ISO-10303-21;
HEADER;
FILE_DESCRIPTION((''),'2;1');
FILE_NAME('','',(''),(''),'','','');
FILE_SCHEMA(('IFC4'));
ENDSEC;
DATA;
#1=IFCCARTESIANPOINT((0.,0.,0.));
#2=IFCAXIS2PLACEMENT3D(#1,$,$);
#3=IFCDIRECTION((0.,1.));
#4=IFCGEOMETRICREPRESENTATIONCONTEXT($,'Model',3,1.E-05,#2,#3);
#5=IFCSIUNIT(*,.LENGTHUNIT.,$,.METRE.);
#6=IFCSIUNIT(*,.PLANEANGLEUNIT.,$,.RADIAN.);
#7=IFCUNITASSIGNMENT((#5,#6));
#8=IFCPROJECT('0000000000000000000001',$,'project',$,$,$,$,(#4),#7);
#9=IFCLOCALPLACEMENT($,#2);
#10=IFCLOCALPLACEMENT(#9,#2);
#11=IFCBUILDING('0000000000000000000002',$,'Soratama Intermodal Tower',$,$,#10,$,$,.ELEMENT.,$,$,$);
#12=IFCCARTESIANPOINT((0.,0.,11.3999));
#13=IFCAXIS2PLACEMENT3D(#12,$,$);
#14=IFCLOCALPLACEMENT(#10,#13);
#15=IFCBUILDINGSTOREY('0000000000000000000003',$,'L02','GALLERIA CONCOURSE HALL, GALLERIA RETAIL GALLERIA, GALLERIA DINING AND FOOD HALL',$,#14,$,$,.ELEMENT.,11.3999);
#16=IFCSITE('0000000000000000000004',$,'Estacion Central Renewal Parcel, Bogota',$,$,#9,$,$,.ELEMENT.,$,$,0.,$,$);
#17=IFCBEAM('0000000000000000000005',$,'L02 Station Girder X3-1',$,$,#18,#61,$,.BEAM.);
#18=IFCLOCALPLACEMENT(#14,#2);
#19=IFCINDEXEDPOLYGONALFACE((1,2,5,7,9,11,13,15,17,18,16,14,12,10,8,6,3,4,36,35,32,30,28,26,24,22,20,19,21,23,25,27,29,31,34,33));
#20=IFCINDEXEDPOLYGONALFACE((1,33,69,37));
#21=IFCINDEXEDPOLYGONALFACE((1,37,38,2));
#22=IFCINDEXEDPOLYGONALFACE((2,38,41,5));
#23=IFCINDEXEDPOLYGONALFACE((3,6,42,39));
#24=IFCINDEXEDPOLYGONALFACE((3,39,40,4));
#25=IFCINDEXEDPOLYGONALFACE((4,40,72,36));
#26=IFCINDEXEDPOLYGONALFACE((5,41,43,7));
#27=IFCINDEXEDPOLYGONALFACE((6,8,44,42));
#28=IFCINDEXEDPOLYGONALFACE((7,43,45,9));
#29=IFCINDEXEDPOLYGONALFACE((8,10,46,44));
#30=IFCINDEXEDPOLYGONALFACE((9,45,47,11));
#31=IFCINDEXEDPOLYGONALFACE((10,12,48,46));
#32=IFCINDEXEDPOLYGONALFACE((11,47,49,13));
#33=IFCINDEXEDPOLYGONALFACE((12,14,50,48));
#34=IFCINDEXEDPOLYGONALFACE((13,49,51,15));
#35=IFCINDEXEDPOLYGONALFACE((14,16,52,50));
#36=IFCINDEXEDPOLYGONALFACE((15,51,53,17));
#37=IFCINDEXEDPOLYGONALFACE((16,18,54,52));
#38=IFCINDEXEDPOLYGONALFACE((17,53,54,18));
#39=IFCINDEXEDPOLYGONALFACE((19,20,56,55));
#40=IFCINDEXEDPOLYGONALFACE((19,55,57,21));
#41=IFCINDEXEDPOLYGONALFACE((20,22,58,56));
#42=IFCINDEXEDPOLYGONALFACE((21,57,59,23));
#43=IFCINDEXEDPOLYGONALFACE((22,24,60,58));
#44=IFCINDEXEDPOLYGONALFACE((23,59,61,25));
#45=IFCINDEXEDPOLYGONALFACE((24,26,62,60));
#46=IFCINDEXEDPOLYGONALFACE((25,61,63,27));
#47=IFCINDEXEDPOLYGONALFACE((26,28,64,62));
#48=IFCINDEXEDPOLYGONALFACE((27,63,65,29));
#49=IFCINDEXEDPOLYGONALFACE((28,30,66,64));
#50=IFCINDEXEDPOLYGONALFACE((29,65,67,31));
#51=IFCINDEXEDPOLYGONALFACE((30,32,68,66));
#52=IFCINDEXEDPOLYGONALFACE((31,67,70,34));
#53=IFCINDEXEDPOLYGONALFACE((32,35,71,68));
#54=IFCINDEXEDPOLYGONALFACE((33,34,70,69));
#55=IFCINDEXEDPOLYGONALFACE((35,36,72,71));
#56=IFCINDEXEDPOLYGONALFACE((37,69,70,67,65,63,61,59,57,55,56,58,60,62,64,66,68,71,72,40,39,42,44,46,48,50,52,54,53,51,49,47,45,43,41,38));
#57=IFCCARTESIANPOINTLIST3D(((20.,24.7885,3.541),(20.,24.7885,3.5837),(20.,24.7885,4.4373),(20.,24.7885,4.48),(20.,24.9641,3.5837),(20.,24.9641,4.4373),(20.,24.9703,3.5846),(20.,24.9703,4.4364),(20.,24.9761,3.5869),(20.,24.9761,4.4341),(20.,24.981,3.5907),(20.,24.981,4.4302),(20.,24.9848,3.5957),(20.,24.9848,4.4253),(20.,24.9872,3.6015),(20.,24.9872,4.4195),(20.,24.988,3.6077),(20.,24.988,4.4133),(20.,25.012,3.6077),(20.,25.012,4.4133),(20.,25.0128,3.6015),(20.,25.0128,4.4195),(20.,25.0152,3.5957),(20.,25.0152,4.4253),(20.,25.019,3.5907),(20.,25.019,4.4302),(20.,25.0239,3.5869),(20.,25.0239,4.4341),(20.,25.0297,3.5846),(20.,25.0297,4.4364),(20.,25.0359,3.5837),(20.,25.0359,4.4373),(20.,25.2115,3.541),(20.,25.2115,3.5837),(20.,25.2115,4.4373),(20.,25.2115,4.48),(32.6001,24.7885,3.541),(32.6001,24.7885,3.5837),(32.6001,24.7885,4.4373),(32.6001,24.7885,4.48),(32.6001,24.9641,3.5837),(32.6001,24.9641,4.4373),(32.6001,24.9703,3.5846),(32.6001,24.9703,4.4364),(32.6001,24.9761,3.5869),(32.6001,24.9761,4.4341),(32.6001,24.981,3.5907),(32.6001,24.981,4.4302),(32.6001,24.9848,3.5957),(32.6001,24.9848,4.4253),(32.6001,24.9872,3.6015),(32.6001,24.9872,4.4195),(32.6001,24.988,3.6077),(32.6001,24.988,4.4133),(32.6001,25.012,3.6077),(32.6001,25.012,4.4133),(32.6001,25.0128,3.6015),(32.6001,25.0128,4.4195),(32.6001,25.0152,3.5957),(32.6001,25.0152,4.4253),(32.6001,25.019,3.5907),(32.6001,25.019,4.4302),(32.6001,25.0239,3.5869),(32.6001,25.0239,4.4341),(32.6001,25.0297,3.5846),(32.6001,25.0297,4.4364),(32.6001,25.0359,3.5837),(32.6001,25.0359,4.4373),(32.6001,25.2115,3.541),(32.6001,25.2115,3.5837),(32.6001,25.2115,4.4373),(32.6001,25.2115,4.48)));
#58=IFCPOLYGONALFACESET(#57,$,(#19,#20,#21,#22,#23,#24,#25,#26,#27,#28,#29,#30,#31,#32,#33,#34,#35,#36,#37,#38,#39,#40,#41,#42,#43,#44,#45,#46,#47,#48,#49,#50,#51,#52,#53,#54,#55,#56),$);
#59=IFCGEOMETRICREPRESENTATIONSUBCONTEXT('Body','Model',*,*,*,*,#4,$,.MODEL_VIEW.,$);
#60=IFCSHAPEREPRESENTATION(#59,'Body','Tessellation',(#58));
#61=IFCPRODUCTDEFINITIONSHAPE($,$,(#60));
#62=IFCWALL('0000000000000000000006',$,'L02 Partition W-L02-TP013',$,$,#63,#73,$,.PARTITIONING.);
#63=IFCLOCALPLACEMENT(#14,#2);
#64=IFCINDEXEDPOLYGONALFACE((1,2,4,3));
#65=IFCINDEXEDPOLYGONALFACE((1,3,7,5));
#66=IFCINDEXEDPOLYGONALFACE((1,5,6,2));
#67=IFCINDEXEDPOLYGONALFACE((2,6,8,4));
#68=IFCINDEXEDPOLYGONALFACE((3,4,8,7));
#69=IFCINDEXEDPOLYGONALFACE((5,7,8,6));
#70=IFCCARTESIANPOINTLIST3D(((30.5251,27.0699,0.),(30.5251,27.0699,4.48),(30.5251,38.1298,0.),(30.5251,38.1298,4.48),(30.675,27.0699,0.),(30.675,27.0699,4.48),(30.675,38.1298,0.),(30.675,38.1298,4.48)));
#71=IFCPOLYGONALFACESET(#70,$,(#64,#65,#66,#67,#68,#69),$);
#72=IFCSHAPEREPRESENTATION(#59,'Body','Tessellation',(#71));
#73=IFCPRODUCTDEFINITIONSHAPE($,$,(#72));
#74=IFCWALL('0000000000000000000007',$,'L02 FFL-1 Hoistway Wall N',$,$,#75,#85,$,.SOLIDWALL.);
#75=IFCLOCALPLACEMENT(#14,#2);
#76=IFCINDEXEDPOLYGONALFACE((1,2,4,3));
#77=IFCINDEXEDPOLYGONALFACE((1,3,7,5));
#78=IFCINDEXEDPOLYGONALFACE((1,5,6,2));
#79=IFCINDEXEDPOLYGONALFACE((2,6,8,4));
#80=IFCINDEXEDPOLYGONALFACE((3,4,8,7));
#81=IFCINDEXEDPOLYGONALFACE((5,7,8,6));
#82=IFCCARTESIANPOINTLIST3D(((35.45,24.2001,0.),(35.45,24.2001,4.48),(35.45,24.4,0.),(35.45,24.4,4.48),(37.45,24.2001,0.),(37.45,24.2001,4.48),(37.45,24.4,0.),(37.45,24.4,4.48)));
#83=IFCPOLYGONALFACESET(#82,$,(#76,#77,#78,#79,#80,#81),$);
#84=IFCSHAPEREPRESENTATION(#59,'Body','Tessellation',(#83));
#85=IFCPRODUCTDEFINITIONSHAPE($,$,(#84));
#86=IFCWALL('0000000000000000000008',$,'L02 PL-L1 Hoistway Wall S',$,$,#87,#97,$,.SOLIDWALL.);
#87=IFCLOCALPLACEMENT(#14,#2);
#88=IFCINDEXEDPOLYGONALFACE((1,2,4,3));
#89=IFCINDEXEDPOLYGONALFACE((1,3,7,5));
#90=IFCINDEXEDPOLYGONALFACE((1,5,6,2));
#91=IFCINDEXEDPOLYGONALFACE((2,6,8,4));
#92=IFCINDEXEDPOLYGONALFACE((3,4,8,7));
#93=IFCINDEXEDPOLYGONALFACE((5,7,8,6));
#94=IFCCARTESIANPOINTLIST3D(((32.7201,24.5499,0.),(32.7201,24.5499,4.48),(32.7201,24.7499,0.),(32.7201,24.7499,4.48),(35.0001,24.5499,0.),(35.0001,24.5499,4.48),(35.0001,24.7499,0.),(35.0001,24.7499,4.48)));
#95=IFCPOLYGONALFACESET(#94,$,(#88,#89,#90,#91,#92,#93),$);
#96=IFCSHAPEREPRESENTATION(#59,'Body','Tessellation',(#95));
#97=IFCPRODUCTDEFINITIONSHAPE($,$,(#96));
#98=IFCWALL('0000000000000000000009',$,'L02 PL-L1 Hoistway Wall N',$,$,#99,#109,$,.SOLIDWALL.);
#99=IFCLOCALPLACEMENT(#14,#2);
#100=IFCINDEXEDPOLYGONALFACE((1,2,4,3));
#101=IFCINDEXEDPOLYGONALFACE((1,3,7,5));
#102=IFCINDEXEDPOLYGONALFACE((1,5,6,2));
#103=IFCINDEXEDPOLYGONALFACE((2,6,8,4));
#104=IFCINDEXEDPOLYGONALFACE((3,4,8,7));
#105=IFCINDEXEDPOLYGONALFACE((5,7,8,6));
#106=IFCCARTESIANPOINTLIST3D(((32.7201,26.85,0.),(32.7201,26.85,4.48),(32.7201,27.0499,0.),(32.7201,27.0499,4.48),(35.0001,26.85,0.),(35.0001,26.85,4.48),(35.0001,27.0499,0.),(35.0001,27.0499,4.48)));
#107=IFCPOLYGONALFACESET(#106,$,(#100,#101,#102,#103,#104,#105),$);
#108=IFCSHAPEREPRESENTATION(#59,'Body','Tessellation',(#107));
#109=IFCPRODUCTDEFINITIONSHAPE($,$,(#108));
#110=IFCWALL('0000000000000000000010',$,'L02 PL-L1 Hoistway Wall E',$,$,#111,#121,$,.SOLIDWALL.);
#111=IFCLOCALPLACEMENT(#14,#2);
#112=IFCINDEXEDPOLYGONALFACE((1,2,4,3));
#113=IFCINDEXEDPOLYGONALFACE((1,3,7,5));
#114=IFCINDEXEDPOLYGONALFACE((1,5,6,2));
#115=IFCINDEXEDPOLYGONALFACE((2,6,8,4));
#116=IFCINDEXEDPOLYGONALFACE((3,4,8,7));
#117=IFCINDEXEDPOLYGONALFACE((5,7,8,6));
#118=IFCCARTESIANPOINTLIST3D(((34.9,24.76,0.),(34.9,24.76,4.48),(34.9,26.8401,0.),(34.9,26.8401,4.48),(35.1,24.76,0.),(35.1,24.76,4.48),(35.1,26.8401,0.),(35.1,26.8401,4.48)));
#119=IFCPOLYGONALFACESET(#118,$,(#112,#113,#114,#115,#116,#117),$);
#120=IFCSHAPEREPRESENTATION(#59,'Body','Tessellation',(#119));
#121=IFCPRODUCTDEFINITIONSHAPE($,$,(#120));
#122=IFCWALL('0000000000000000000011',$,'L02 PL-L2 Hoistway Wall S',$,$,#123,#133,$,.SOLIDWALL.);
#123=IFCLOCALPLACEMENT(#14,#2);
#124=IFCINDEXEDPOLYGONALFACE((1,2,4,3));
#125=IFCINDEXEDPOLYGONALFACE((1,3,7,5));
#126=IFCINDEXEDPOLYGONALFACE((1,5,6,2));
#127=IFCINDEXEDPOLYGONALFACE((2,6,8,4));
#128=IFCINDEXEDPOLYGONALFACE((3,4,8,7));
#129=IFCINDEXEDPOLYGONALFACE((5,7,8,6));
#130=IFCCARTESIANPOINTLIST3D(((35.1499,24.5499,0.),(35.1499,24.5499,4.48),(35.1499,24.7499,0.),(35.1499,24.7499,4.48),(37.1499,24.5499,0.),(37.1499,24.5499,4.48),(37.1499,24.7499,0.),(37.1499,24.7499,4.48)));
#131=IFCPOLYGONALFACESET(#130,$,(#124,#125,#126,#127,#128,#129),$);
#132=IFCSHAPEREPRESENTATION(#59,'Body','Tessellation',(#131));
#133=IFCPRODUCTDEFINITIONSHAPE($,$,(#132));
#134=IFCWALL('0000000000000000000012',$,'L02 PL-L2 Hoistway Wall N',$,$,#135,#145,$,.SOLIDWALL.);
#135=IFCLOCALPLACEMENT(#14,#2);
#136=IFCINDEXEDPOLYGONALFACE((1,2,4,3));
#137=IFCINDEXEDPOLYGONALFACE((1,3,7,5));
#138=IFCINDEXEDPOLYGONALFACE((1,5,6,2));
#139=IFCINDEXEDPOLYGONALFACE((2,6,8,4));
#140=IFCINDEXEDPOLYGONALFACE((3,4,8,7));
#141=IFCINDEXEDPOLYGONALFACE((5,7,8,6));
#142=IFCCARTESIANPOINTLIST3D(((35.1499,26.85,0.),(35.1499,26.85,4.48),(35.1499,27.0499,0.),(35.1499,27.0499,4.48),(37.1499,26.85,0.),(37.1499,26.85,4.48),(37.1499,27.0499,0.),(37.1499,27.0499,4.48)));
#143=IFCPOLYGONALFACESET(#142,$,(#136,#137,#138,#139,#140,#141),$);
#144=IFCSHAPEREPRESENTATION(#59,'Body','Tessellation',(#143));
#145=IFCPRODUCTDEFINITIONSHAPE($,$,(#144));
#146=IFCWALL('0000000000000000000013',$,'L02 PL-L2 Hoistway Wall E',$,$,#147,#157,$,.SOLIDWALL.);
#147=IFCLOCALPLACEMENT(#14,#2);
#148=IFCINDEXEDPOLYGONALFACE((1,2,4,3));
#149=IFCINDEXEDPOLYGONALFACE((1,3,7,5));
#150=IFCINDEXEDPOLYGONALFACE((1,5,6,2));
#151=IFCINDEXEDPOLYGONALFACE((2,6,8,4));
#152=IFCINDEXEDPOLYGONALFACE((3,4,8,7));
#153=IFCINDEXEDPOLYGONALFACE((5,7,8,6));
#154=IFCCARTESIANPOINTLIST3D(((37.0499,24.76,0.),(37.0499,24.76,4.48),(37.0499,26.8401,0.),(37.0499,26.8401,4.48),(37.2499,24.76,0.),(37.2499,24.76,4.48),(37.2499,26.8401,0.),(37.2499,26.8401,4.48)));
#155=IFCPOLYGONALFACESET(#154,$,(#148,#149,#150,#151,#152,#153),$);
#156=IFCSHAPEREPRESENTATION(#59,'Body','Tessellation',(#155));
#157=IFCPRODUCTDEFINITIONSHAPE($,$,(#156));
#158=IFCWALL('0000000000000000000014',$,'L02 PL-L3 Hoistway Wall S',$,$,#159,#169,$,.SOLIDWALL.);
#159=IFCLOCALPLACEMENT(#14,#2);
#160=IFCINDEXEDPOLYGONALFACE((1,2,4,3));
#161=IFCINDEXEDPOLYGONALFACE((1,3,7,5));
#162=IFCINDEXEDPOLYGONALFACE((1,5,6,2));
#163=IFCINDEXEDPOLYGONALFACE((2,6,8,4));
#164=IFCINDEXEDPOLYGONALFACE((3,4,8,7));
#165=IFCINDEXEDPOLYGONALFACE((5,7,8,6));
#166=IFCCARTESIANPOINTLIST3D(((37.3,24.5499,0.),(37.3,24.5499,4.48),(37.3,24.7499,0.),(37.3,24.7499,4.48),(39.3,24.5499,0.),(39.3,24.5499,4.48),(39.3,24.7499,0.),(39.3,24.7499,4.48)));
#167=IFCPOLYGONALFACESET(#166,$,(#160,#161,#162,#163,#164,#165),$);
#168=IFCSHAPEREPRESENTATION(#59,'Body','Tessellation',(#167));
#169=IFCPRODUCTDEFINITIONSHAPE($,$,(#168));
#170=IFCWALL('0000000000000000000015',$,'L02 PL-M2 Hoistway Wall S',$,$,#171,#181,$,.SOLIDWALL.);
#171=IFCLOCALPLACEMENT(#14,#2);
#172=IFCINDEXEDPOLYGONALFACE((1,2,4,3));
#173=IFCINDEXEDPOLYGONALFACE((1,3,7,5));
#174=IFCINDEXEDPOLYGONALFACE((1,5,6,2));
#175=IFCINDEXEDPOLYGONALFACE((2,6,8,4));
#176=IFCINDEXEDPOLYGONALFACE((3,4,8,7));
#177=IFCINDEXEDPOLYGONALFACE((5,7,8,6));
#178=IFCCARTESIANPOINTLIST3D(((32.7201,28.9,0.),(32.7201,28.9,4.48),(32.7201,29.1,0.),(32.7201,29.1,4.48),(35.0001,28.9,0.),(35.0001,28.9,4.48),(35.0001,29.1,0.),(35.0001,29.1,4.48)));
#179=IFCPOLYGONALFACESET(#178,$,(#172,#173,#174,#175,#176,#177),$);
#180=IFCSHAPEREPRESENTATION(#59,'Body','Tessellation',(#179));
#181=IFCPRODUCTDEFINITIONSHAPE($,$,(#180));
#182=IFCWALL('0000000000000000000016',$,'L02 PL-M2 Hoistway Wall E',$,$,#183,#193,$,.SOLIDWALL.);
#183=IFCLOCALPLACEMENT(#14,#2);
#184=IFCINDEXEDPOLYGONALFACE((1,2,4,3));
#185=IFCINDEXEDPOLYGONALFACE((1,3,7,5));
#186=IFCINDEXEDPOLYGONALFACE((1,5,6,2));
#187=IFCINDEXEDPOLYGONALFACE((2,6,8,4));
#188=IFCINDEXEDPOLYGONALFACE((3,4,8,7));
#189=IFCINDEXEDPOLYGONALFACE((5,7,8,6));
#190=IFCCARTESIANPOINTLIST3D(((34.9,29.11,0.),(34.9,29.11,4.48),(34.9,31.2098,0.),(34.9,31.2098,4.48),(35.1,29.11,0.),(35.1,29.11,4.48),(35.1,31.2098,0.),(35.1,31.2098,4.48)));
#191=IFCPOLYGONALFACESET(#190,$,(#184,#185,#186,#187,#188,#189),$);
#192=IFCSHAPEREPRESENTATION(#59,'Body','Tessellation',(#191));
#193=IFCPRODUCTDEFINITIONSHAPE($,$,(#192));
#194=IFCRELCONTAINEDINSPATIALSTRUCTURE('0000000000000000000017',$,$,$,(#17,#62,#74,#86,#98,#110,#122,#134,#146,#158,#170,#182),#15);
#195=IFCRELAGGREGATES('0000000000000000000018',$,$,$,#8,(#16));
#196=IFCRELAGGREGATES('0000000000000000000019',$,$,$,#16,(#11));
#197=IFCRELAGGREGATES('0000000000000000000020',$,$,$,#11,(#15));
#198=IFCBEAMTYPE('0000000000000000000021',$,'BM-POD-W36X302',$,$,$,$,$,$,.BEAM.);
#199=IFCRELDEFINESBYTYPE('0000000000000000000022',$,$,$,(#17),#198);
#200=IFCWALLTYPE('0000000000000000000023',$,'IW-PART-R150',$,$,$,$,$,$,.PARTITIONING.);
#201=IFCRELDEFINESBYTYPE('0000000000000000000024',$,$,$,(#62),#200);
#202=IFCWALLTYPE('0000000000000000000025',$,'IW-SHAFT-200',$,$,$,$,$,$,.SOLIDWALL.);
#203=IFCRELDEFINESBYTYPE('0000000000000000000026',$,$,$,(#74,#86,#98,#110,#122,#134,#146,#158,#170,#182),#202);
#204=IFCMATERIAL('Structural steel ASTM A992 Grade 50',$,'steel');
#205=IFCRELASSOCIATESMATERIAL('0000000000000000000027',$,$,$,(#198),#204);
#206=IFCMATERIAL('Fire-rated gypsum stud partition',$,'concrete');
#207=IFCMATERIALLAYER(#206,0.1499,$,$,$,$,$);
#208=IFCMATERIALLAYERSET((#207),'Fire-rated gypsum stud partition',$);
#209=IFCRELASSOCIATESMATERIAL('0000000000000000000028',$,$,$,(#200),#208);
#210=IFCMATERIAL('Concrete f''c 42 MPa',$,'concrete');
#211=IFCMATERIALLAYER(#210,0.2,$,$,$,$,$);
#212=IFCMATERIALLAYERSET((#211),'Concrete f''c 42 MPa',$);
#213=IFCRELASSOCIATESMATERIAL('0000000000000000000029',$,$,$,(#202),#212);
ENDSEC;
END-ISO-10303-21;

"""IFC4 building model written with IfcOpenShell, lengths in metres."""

from ifc_helpers import new_model, si_unit, direction, frame, frame_2d, origin, origin_2d, place, context, subcontext, project, spatial, rectangle, i_section, extrude, material, layer, layer_set, material_profile, profile_set, type_object, element, save


model = new_model("IFC4")

# Units and contexts
model_context = context("Model", 3, precision=1e-05, world=origin(), true_north=direction((0.0, 1.0)))
body_context = subcontext(model_context, "Body", "Model", "MODEL_VIEW")
ifc_project = project(units=[si_unit("LENGTHUNIT", "METRE"), si_unit("PLANEANGLEUNIT", "RADIAN")], contexts=[model_context])

# Site, building, storey
site_placement = place(None, origin())
site = spatial("IfcSite", under=ifc_project, at=site_placement, Name="Estacion Central Renewal Parcel, Bogota", CompositionType="ELEMENT", RefElevation=0.0)
building_placement = place(site_placement, origin())
building = spatial("IfcBuilding", under=site, at=building_placement, Name="Soratama Intermodal Tower", CompositionType="ELEMENT")
storey_placement = place(building_placement, frame((0.0, 0.0, 11.3999)))
storey = spatial("IfcBuildingStorey", under=building, at=storey_placement, Name="L02", Description="GALLERIA CONCOURSE HALL, GALLERIA RETAIL GALLERIA, GALLERIA DINING AND FOOD HALL", CompositionType="ELEMENT", Elevation=11.3999)

# Beam
ifc_material_1 = material(Name="Structural steel ASTM A992 Grade 50", Category="steel")
ifc_material_profile_1 = material_profile(ifc_material_1, i_section(OverallWidth=0.4231, OverallDepth=0.939, WebThickness=0.0239, FlangeThickness=0.0427, FilletRadius=0.0239, at=origin_2d()), Name="W36X302")
ifc_profile_set_1 = profile_set([ifc_material_profile_1], Name="Structural steel ASTM A992 Grade 50")
beam_type_1 = type_object("IfcBeamType", Name="BM-POD-W36X302", PredefinedType="BEAM", material=ifc_profile_set_1)
beam_1_placement = place(storey_placement, frame((20.0, 25.0, 4.0105), z_axis=(1.0, 0.0, 0.0), x_axis=(0.0, 1.0, 0.0)))
element("IfcBeam", 1, at=beam_1_placement, inside=storey, type_object=beam_type_1, Name="L02 Station Girder X3-1", PredefinedType="BEAM", context=body_context, shape_type="SweptSolid", body=[
    extrude(i_section(OverallWidth=0.4231, OverallDepth=0.939, WebThickness=0.0239, FlangeThickness=0.0427, FilletRadius=0.0239, at=origin_2d()), origin(), (0.0, 0.0, 1.0), 12.6001),
])

# Walls
ifc_material_2 = material(Name="Fire-rated gypsum stud partition", Category="concrete")
ifc_layer_1 = layer(ifc_material_2, 0.1499)
ifc_layer_set_1 = layer_set([ifc_layer_1], Name="Fire-rated gypsum stud partition")
wall_type_1 = type_object("IfcWallType", Name="IW-PART-R150", PredefinedType="PARTITIONING", material=ifc_layer_set_1)
wall_1_placement = place(storey_placement, frame((30.6001, 27.0701, 0.0), z_axis=(0.0, 0.0, 1.0), x_axis=(0.0, 1.0, 0.0)))
element("IfcWall", 2, at=wall_1_placement, inside=storey, type_object=wall_type_1, Name="L02 Partition W-L02-TP013", PredefinedType="PARTITIONING", context=body_context, shape_type="SweptSolid", body=[
    extrude(rectangle(XDim=11.0598, YDim=0.1499, at=frame_2d((5.5298, 0.0))), origin(), (0.0, 0.0, 1.0), 4.48),
])
ifc_material_3 = material(Name="Concrete f'c 42 MPa", Category="concrete")
ifc_layer_2 = layer(ifc_material_3, 0.2)
ifc_layer_set_2 = layer_set([ifc_layer_2], Name="Concrete f'c 42 MPa")
wall_type_2 = type_object("IfcWallType", Name="IW-SHAFT-200", PredefinedType="SOLIDWALL", material=ifc_layer_set_2)
wall_2_placement = place(storey_placement, frame((35.45, 24.3, 0.0), z_axis=(0.0, 0.0, 1.0), x_axis=(1.0, 0.0, 0.0)))
element("IfcWall", 3, at=wall_2_placement, inside=storey, type_object=wall_type_2, Name="L02 FFL-1 Hoistway Wall N", PredefinedType="SOLIDWALL", context=body_context, shape_type="SweptSolid", body=[
    extrude(rectangle(XDim=2.0, YDim=0.2, at=frame_2d((1.0, 0.0))), origin(), (0.0, 0.0, 1.0), 4.48),
])
for number, where, z_axis, x_axis, name in (
    (4, (32.72, 24.6499, 0.0), (0.0, 0.0, 1.0), (1.0, 0.0, 0.0), "L02 PL-L1 Hoistway Wall S"),
    (5, (32.72, 26.95, 0.0), (0.0, 0.0, 1.0), (1.0, 0.0, 0.0), "L02 PL-L1 Hoistway Wall N"),
):
    element("IfcWall", number, at=place(storey_placement, frame(where, z_axis=z_axis, x_axis=x_axis)), inside=storey, type_object=wall_type_2, Name=name, PredefinedType="SOLIDWALL", context=body_context, shape_type="SweptSolid", body=[
        extrude(rectangle(XDim=2.28, YDim=0.2, at=frame_2d((1.1401, 0.0))), origin(), (0.0, 0.0, 1.0), 4.48),
    ])
wall_3_placement = place(storey_placement, frame((35.0, 24.76, 0.0), z_axis=(0.0, 0.0, 1.0), x_axis=(0.0, 1.0, 0.0)))
element("IfcWall", 6, at=wall_3_placement, inside=storey, type_object=wall_type_2, Name="L02 PL-L1 Hoistway Wall E", PredefinedType="SOLIDWALL", context=body_context, shape_type="SweptSolid", body=[
    extrude(rectangle(XDim=2.0801, YDim=0.2, at=frame_2d((1.04, 0.0))), origin(), (0.0, 0.0, 1.0), 4.48),
])
for number, where, z_axis, x_axis, name in (
    (7, (35.1499, 24.6499, 0.0), (0.0, 0.0, 1.0), (1.0, 0.0, 0.0), "L02 PL-L2 Hoistway Wall S"),
    (8, (35.1499, 26.95, 0.0), (0.0, 0.0, 1.0), (1.0, 0.0, 0.0), "L02 PL-L2 Hoistway Wall N"),
):
    element("IfcWall", number, at=place(storey_placement, frame(where, z_axis=z_axis, x_axis=x_axis)), inside=storey, type_object=wall_type_2, Name=name, PredefinedType="SOLIDWALL", context=body_context, shape_type="SweptSolid", body=[
        extrude(rectangle(XDim=2.0, YDim=0.2, at=frame_2d((1.0, 0.0))), origin(), (0.0, 0.0, 1.0), 4.48),
    ])
wall_4_placement = place(storey_placement, frame((37.1499, 24.76, 0.0), z_axis=(0.0, 0.0, 1.0), x_axis=(0.0, 1.0, 0.0)))
element("IfcWall", 9, at=wall_4_placement, inside=storey, type_object=wall_type_2, Name="L02 PL-L2 Hoistway Wall E", PredefinedType="SOLIDWALL", context=body_context, shape_type="SweptSolid", body=[
    extrude(rectangle(XDim=2.0801, YDim=0.2, at=frame_2d((1.04, 0.0))), origin(), (0.0, 0.0, 1.0), 4.48),
])
wall_5_placement = place(storey_placement, frame((37.3, 24.6499, 0.0), z_axis=(0.0, 0.0, 1.0), x_axis=(1.0, 0.0, 0.0)))
element("IfcWall", 10, at=wall_5_placement, inside=storey, type_object=wall_type_2, Name="L02 PL-L3 Hoistway Wall S", PredefinedType="SOLIDWALL", context=body_context, shape_type="SweptSolid", body=[
    extrude(rectangle(XDim=2.0, YDim=0.2, at=frame_2d((1.0, 0.0))), origin(), (0.0, 0.0, 1.0), 4.48),
])
wall_6_placement = place(storey_placement, frame((32.72, 29.0, 0.0), z_axis=(0.0, 0.0, 1.0), x_axis=(1.0, 0.0, 0.0)))
element("IfcWall", 11, at=wall_6_placement, inside=storey, type_object=wall_type_2, Name="L02 PL-M2 Hoistway Wall S", PredefinedType="SOLIDWALL", context=body_context, shape_type="SweptSolid", body=[
    extrude(rectangle(XDim=2.28, YDim=0.2, at=frame_2d((1.1401, 0.0))), origin(), (0.0, 0.0, 1.0), 4.48),
])
wall_7_placement = place(storey_placement, frame((35.0, 29.1101, 0.0), z_axis=(0.0, 0.0, 1.0), x_axis=(0.0, 1.0, 0.0)))
element("IfcWall", 12, at=wall_7_placement, inside=storey, type_object=wall_type_2, Name="L02 PL-M2 Hoistway Wall E", PredefinedType="SOLIDWALL", context=body_context, shape_type="SweptSolid", body=[
    extrude(rectangle(XDim=2.0999, YDim=0.2, at=frame_2d((1.0498, 0.0))), origin(), (0.0, 0.0, 1.0), 4.48),
])

save(model, "model.ifc")
